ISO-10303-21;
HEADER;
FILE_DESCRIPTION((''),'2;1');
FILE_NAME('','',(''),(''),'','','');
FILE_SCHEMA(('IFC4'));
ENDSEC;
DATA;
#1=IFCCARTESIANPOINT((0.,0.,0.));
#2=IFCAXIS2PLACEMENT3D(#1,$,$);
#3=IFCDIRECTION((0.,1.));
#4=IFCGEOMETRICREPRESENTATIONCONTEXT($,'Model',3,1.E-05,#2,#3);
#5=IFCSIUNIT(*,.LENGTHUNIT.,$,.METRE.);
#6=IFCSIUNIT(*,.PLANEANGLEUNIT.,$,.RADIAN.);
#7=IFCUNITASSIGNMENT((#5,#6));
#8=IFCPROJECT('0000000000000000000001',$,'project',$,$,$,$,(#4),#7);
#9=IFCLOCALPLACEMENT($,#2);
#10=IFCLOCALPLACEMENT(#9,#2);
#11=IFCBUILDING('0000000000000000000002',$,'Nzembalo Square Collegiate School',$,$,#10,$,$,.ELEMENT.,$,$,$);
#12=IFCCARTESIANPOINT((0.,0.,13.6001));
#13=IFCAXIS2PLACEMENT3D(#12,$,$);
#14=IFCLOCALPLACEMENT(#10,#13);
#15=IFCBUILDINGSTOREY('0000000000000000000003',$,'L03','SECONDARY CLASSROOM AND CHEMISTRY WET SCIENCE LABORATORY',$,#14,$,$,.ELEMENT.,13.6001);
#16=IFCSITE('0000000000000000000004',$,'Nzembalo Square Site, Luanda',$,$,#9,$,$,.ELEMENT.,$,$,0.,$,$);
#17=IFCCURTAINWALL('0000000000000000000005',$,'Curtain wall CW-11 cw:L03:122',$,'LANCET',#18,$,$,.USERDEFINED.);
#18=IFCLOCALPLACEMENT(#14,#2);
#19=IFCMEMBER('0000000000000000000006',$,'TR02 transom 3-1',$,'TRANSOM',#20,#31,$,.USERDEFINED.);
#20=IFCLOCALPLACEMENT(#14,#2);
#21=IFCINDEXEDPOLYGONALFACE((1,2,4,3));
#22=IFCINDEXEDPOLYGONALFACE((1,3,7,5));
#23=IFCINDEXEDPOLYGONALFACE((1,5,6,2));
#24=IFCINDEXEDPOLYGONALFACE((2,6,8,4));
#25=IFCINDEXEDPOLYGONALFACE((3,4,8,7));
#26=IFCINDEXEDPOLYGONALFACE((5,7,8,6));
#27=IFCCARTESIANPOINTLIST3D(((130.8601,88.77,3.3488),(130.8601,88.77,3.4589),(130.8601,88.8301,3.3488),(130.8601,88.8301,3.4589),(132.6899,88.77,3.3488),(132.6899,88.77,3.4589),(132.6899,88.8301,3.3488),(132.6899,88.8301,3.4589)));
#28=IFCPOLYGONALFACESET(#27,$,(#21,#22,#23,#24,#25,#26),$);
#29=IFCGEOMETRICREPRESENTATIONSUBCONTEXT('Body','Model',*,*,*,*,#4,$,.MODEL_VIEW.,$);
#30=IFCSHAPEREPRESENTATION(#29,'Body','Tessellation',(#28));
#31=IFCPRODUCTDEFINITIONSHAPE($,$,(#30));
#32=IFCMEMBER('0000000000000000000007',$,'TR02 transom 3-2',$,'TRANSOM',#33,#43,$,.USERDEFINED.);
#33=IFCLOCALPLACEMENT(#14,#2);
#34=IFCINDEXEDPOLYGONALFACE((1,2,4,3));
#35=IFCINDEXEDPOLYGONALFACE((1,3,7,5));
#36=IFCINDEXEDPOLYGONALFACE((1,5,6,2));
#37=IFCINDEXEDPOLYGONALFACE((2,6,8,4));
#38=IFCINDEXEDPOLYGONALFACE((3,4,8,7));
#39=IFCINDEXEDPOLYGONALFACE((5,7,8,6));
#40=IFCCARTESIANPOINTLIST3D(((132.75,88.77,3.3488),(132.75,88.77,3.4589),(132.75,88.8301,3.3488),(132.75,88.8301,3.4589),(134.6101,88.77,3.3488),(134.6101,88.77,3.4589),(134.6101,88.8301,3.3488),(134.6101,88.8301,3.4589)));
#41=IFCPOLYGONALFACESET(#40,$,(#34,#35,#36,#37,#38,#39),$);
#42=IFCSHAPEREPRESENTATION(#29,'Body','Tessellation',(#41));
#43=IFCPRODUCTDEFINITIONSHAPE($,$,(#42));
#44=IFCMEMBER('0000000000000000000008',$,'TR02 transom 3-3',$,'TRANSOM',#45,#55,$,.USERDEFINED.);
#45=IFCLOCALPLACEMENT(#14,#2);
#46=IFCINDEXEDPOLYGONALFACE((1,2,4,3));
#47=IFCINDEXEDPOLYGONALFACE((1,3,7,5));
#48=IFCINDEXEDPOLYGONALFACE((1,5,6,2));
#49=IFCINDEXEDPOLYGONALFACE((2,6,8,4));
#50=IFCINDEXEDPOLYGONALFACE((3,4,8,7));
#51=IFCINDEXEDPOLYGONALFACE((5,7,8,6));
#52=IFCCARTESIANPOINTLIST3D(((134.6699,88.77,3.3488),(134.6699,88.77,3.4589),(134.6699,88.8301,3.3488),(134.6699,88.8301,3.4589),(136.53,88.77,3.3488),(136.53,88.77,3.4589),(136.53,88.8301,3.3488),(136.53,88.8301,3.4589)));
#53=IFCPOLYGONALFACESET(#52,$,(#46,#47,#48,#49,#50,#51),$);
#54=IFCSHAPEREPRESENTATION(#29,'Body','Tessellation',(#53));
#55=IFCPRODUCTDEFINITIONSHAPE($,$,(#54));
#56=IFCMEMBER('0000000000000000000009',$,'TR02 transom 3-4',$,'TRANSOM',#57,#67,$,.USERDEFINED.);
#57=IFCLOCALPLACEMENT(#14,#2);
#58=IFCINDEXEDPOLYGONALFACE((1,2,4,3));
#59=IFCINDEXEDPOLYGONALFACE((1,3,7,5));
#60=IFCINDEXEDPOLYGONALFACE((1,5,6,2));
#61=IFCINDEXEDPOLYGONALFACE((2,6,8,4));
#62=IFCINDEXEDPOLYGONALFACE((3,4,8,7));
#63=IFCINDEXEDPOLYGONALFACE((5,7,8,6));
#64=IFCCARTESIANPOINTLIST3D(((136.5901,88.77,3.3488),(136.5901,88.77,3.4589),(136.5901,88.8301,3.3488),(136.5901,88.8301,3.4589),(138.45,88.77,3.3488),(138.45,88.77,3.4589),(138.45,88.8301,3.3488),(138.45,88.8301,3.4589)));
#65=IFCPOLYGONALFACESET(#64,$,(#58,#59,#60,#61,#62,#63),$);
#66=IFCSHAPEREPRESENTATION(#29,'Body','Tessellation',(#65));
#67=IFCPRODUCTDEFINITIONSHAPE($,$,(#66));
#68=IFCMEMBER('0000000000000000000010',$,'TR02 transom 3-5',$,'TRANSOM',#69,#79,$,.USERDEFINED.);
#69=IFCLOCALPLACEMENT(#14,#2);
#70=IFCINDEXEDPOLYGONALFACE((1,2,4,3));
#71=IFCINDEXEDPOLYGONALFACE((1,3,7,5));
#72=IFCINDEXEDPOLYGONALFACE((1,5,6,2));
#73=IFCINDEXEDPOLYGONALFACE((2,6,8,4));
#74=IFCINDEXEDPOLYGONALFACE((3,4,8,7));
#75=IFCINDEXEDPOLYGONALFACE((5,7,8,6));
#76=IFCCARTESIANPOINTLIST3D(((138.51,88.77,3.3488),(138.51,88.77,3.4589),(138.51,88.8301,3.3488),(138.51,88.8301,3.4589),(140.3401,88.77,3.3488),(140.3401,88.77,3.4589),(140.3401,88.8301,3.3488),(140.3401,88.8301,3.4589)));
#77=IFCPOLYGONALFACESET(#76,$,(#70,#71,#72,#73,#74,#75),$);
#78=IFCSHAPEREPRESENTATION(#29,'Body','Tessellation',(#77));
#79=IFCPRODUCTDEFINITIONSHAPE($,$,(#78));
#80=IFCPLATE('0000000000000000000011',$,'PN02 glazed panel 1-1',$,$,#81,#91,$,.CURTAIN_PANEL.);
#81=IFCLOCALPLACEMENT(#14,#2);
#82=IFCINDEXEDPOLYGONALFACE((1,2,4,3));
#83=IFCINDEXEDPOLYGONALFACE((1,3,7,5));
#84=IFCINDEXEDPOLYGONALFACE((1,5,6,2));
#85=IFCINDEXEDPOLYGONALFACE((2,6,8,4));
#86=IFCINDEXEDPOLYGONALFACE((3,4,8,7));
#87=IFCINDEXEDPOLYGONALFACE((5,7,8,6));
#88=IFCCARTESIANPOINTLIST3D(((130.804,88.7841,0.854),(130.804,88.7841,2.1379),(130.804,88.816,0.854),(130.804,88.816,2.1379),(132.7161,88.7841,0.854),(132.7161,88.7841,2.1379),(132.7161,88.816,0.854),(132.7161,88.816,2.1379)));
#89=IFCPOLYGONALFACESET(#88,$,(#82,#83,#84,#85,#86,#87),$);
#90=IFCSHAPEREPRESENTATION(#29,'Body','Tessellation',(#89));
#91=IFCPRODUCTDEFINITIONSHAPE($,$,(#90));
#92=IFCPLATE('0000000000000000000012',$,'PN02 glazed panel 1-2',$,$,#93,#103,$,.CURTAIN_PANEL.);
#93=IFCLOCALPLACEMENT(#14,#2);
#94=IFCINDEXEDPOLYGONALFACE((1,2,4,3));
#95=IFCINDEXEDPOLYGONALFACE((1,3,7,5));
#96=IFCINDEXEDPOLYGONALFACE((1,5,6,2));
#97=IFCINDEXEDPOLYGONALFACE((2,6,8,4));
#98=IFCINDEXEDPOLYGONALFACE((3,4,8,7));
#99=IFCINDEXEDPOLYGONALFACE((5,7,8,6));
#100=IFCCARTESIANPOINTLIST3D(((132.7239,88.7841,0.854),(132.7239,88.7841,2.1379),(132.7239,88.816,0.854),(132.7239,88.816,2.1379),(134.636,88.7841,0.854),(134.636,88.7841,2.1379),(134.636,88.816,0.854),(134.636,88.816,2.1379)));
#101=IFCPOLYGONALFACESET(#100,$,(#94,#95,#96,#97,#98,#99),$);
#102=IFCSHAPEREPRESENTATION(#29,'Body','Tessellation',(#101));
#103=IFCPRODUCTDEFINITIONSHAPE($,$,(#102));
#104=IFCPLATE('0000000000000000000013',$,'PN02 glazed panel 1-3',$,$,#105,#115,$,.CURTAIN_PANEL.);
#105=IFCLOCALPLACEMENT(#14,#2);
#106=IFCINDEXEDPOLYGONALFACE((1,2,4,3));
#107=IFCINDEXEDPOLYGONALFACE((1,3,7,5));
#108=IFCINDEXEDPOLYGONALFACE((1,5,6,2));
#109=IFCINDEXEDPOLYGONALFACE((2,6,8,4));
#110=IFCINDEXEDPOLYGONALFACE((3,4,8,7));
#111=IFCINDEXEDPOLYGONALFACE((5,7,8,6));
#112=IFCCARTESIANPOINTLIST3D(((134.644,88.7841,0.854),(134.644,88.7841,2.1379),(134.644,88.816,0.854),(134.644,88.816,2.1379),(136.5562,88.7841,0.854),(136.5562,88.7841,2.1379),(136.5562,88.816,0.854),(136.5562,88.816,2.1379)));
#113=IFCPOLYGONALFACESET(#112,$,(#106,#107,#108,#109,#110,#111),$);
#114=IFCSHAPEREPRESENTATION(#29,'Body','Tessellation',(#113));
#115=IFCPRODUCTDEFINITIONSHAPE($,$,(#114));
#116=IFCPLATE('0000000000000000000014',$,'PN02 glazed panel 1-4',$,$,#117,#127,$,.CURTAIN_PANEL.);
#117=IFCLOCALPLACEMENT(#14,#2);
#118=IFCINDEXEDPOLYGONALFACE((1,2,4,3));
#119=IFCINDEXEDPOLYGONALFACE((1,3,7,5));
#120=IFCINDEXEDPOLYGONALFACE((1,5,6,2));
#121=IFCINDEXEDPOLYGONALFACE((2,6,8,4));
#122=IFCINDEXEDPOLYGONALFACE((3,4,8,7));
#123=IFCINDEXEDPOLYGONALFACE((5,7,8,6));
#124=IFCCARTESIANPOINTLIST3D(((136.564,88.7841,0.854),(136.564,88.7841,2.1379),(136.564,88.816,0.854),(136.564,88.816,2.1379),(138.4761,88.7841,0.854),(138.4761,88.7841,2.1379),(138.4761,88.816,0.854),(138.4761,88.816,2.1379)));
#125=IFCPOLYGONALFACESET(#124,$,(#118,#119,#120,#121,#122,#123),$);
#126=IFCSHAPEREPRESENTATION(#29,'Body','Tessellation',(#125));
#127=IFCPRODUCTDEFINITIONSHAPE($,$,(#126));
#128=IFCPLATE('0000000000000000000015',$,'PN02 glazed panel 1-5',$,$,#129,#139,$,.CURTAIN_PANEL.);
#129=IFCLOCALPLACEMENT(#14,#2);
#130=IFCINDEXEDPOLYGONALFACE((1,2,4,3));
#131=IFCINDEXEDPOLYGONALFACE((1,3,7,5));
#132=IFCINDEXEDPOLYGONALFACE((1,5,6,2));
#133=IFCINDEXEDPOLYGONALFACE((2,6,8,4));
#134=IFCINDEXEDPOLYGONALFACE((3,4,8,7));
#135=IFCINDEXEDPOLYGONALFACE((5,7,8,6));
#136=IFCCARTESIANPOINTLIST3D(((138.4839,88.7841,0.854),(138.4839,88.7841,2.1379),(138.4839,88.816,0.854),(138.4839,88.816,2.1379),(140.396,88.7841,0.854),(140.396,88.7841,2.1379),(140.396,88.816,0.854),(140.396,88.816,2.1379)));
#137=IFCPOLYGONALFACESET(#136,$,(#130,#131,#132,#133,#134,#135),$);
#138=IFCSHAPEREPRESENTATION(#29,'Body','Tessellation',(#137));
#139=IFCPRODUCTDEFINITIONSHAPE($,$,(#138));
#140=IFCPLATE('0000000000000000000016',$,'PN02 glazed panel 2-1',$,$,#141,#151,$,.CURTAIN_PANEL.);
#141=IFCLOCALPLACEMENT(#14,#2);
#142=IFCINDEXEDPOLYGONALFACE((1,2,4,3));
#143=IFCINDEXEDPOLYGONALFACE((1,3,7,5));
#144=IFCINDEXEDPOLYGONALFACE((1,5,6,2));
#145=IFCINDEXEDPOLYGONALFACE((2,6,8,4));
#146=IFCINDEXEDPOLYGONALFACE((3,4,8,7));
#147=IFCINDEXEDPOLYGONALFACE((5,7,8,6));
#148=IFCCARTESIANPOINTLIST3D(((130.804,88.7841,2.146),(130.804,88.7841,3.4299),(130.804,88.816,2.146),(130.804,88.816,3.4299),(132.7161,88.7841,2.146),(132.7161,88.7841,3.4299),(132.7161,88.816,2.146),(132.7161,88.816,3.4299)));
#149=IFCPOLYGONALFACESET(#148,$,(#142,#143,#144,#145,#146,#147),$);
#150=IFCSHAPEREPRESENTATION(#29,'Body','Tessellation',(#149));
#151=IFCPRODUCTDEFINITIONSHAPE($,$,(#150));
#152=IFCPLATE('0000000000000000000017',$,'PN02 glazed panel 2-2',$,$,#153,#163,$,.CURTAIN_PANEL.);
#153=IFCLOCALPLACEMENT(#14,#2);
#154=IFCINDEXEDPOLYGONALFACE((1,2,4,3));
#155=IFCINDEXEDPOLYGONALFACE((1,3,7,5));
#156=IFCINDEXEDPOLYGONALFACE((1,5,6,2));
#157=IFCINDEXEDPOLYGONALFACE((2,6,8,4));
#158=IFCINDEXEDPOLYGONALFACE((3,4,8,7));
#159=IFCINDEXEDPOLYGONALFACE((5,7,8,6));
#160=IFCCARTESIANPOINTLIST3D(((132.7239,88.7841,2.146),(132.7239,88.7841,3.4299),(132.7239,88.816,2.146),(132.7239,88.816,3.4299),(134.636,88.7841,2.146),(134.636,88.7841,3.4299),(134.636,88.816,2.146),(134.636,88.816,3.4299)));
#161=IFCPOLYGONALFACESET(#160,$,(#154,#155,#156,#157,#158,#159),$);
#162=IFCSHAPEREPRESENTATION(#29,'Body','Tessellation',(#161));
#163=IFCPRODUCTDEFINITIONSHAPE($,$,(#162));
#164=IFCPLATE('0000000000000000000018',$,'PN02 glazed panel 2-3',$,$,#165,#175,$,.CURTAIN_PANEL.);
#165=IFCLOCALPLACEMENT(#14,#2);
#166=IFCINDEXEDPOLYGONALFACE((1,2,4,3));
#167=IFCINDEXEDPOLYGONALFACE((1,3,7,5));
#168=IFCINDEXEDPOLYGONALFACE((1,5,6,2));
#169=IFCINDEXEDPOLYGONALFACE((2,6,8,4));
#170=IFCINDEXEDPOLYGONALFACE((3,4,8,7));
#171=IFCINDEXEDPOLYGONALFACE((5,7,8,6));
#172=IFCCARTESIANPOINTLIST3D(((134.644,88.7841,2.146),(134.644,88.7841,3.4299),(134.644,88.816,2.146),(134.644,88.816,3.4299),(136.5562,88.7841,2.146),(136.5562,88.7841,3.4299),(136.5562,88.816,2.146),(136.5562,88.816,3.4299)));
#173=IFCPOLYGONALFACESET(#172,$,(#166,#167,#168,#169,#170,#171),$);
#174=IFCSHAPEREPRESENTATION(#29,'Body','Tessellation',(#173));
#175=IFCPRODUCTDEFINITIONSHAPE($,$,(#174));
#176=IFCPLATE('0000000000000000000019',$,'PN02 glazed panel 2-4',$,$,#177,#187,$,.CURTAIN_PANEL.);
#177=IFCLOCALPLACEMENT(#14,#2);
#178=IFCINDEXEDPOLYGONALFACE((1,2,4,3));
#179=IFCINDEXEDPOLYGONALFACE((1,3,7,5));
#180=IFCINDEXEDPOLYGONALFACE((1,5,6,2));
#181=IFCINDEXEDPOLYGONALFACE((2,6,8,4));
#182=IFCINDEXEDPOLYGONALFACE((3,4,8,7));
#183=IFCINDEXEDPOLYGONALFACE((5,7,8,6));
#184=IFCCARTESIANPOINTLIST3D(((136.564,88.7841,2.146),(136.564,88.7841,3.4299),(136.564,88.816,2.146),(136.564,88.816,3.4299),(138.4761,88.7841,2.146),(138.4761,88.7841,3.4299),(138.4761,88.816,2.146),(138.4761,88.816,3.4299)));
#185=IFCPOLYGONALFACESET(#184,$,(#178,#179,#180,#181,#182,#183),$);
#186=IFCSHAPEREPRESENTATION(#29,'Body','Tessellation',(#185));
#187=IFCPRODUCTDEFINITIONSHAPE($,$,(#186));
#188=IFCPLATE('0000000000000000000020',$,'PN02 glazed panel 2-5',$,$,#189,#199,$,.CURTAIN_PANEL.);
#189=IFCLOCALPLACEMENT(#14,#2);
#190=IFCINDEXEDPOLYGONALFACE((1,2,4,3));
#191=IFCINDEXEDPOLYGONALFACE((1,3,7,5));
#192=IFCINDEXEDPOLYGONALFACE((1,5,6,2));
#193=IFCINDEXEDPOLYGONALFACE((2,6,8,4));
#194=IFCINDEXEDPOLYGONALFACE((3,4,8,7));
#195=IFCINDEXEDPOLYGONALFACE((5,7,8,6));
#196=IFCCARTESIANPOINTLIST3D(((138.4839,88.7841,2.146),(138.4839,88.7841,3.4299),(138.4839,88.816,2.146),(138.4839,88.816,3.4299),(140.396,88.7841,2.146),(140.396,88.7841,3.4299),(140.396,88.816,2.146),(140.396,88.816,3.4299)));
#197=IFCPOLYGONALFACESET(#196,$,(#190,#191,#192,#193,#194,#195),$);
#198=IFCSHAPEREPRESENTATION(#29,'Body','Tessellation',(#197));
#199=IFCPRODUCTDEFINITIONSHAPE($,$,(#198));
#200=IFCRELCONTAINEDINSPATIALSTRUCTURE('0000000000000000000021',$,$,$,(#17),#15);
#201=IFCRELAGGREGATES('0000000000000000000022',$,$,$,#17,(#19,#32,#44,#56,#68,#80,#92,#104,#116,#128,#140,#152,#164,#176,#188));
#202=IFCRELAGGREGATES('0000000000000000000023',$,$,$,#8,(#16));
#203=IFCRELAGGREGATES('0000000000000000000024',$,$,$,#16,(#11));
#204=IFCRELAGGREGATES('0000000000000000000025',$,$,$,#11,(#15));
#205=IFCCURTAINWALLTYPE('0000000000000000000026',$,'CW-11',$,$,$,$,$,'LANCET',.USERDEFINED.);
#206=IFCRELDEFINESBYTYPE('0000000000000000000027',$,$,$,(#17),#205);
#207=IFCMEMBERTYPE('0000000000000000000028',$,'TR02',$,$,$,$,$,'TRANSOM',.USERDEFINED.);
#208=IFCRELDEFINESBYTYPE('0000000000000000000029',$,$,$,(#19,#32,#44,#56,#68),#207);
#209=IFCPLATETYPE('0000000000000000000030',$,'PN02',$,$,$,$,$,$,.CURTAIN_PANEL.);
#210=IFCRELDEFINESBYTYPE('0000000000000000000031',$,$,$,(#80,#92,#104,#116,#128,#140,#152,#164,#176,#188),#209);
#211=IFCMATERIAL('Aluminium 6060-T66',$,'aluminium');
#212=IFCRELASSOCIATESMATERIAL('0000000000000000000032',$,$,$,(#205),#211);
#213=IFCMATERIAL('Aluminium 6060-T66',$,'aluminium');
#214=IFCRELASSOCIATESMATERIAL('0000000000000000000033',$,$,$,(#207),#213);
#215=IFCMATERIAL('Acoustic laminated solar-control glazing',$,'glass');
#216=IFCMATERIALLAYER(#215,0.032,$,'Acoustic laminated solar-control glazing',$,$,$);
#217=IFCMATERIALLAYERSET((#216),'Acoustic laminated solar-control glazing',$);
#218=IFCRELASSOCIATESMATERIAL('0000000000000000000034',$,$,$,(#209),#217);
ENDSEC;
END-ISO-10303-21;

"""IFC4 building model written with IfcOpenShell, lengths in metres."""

from ifc_helpers import new_model, si_unit, direction, frame, origin, origin_2d, place, context, subcontext, project, spatial, rectangle, extrude, material, layer, layer_set, material_profile, profile_set, type_object, element, aggregate, save


model = new_model("IFC4")

# Units and contexts
model_context = context("Model", 3, precision=1e-05, world=origin(), true_north=direction((0.0, 1.0)))
body_context = subcontext(model_context, "Body", "Model", "MODEL_VIEW")
ifc_project = project(units=[si_unit("LENGTHUNIT", "METRE"), si_unit("PLANEANGLEUNIT", "RADIAN")], contexts=[model_context])

# Site, building, storey
site_placement = place(None, origin())
site = spatial("IfcSite", under=ifc_project, at=site_placement, Name="Nzembalo Square Site, Luanda", CompositionType="ELEMENT", RefElevation=0.0)
building_placement = place(site_placement, origin())
building = spatial("IfcBuilding", under=site, at=building_placement, Name="Nzembalo Square Collegiate School", CompositionType="ELEMENT")
storey_placement = place(building_placement, frame((0.0, 0.0, 13.6001)))
storey = spatial("IfcBuildingStorey", under=building, at=storey_placement, Name="L03", Description="SECONDARY CLASSROOM AND CHEMISTRY WET SCIENCE LABORATORY", CompositionType="ELEMENT", Elevation=13.6001)

# Curtain wall, members, plates
ifc_material_1 = material(Name="Aluminium 6060-T66", Category="aluminium")
curtain_wall_type = type_object("IfcCurtainWallType", Name="CW-11", ElementType="LANCET", PredefinedType="USERDEFINED", material=ifc_material_1)
curtain_wall_placement = place(storey_placement, origin())
curtain_wall = element("IfcCurtainWall", 1, at=curtain_wall_placement, inside=storey, type_object=curtain_wall_type, Name="Curtain wall CW-11 cw:L03:122", ObjectType="LANCET", PredefinedType="USERDEFINED")
ifc_material_2 = material(Name="Aluminium 6060-T66", Category="aluminium")
ifc_material_profile_1 = material_profile(ifc_material_2, rectangle(XDim=0.0601, YDim=0.1101, at=origin_2d()), Name="ALU T60x110")
ifc_profile_set_1 = profile_set([ifc_material_profile_1], Name="Aluminium 6060-T66")
member_type_1 = type_object("IfcMemberType", Name="TR02", ElementType="TRANSOM", PredefinedType="USERDEFINED", material=ifc_profile_set_1)
member_1_placement = place(storey_placement, frame((130.8601, 88.8, 3.4038), z_axis=(1.0, 0.0, 0.0), x_axis=(0.0, 1.0, 0.0)))
member_1 = element("IfcMember", 2, at=member_1_placement, type_object=member_type_1, Name="TR02 transom 3-1", ObjectType="TRANSOM", PredefinedType="USERDEFINED", context=body_context, shape_type="SweptSolid", body=[
    extrude(rectangle(XDim=0.0601, YDim=0.1101, at=origin_2d()), origin(), (0.0, 0.0, 1.0), 1.8298),
])
member_2_placement = place(storey_placement, frame((132.75, 88.8, 3.4038), z_axis=(1.0, 0.0, 0.0), x_axis=(0.0, 1.0, 0.0)))
member_2 = element("IfcMember", 3, at=member_2_placement, type_object=member_type_1, Name="TR02 transom 3-2", ObjectType="TRANSOM", PredefinedType="USERDEFINED", context=body_context, shape_type="SweptSolid", body=[
    extrude(rectangle(XDim=0.0601, YDim=0.1101, at=origin_2d()), origin(), (0.0, 0.0, 1.0), 1.8601),
])
member_3_placement = place(storey_placement, frame((134.6699, 88.8, 3.4038), z_axis=(1.0, 0.0, 0.0), x_axis=(0.0, 1.0, 0.0)))
member_3 = element("IfcMember", 4, at=member_3_placement, type_object=member_type_1, Name="TR02 transom 3-3", ObjectType="TRANSOM", PredefinedType="USERDEFINED", context=body_context, shape_type="SweptSolid", body=[
    extrude(rectangle(XDim=0.0601, YDim=0.1101, at=origin_2d()), origin(), (0.0, 0.0, 1.0), 1.8601),
])
member_4_placement = place(storey_placement, frame((136.5901, 88.8, 3.4038), z_axis=(1.0, 0.0, 0.0), x_axis=(0.0, 1.0, 0.0)))
member_4 = element("IfcMember", 5, at=member_4_placement, type_object=member_type_1, Name="TR02 transom 3-4", ObjectType="TRANSOM", PredefinedType="USERDEFINED", context=body_context, shape_type="SweptSolid", body=[
    extrude(rectangle(XDim=0.0601, YDim=0.1101, at=origin_2d()), origin(), (0.0, 0.0, 1.0), 1.8599),
])
member_5_placement = place(storey_placement, frame((138.51, 88.8, 3.4038), z_axis=(1.0, 0.0, 0.0), x_axis=(0.0, 1.0, 0.0)))
member_5 = element("IfcMember", 6, at=member_5_placement, type_object=member_type_1, Name="TR02 transom 3-5", ObjectType="TRANSOM", PredefinedType="USERDEFINED", context=body_context, shape_type="SweptSolid", body=[
    extrude(rectangle(XDim=0.0601, YDim=0.1101, at=origin_2d()), origin(), (0.0, 0.0, 1.0), 1.8301),
])
ifc_material_3 = material(Name="Acoustic laminated solar-control glazing", Category="glass")
ifc_layer = layer(ifc_material_3, 0.032, Name="Acoustic laminated solar-control glazing")
ifc_layer_set = layer_set([ifc_layer], Name="Acoustic laminated solar-control glazing")
plate_type = type_object("IfcPlateType", Name="PN02", PredefinedType="CURTAIN_PANEL", material=ifc_layer_set)
plate_1_placement = place(storey_placement, frame((131.76, 88.8, 0.854), z_axis=(0.0, 0.0, 1.0), x_axis=(1.0, 0.0, 0.0)))
plate_1 = element("IfcPlate", 7, at=plate_1_placement, type_object=plate_type, Name="PN02 glazed panel 1-1", PredefinedType="CURTAIN_PANEL", context=body_context, shape_type="SweptSolid", body=[
    extrude(rectangle(XDim=1.9121, YDim=0.032, at=origin_2d()), origin(), (0.0, 0.0, 1.0), 1.2839),
])
plate_2_placement = place(storey_placement, frame((133.6799, 88.8, 0.854), z_axis=(0.0, 0.0, 1.0), x_axis=(1.0, 0.0, 0.0)))
plate_2 = element("IfcPlate", 8, at=plate_2_placement, type_object=plate_type, Name="PN02 glazed panel 1-2", PredefinedType="CURTAIN_PANEL", context=body_context, shape_type="SweptSolid", body=[
    extrude(rectangle(XDim=1.9121, YDim=0.032, at=origin_2d()), origin(), (0.0, 0.0, 1.0), 1.2839),
])
plate_3_placement = place(storey_placement, frame((135.6001, 88.8, 0.854), z_axis=(0.0, 0.0, 1.0), x_axis=(1.0, 0.0, 0.0)))
plate_3 = element("IfcPlate", 9, at=plate_3_placement, type_object=plate_type, Name="PN02 glazed panel 1-3", PredefinedType="CURTAIN_PANEL", context=body_context, shape_type="SweptSolid", body=[
    extrude(rectangle(XDim=1.9121, YDim=0.032, at=origin_2d()), origin(), (0.0, 0.0, 1.0), 1.2839),
])
plate_4_placement = place(storey_placement, frame((137.52, 88.8, 0.854), z_axis=(0.0, 0.0, 1.0), x_axis=(1.0, 0.0, 0.0)))
plate_4 = element("IfcPlate", 10, at=plate_4_placement, type_object=plate_type, Name="PN02 glazed panel 1-4", PredefinedType="CURTAIN_PANEL", context=body_context, shape_type="SweptSolid", body=[
    extrude(rectangle(XDim=1.9121, YDim=0.032, at=origin_2d()), origin(), (0.0, 0.0, 1.0), 1.2839),
])
plate_5_placement = place(storey_placement, frame((139.4399, 88.8, 0.854), z_axis=(0.0, 0.0, 1.0), x_axis=(1.0, 0.0, 0.0)))
plate_5 = element("IfcPlate", 11, at=plate_5_placement, type_object=plate_type, Name="PN02 glazed panel 1-5", PredefinedType="CURTAIN_PANEL", context=body_context, shape_type="SweptSolid", body=[
    extrude(rectangle(XDim=1.9121, YDim=0.032, at=origin_2d()), origin(), (0.0, 0.0, 1.0), 1.2839),
])
plate_6_placement = place(storey_placement, frame((131.76, 88.8, 2.146), z_axis=(0.0, 0.0, 1.0), x_axis=(1.0, 0.0, 0.0)))
plate_6 = element("IfcPlate", 12, at=plate_6_placement, type_object=plate_type, Name="PN02 glazed panel 2-1", PredefinedType="CURTAIN_PANEL", context=body_context, shape_type="SweptSolid", body=[
    extrude(rectangle(XDim=1.9121, YDim=0.032, at=origin_2d()), origin(), (0.0, 0.0, 1.0), 1.2839),
])
plate_7_placement = place(storey_placement, frame((133.6799, 88.8, 2.146), z_axis=(0.0, 0.0, 1.0), x_axis=(1.0, 0.0, 0.0)))
plate_7 = element("IfcPlate", 13, at=plate_7_placement, type_object=plate_type, Name="PN02 glazed panel 2-2", PredefinedType="CURTAIN_PANEL", context=body_context, shape_type="SweptSolid", body=[
    extrude(rectangle(XDim=1.9121, YDim=0.032, at=origin_2d()), origin(), (0.0, 0.0, 1.0), 1.2839),
])
plate_8_placement = place(storey_placement, frame((135.6001, 88.8, 2.146), z_axis=(0.0, 0.0, 1.0), x_axis=(1.0, 0.0, 0.0)))
plate_8 = element("IfcPlate", 14, at=plate_8_placement, type_object=plate_type, Name="PN02 glazed panel 2-3", PredefinedType="CURTAIN_PANEL", context=body_context, shape_type="SweptSolid", body=[
    extrude(rectangle(XDim=1.9121, YDim=0.032, at=origin_2d()), origin(), (0.0, 0.0, 1.0), 1.2839),
])
plate_9_placement = place(storey_placement, frame((137.52, 88.8, 2.146), z_axis=(0.0, 0.0, 1.0), x_axis=(1.0, 0.0, 0.0)))
plate_9 = element("IfcPlate", 15, at=plate_9_placement, type_object=plate_type, Name="PN02 glazed panel 2-4", PredefinedType="CURTAIN_PANEL", context=body_context, shape_type="SweptSolid", body=[
    extrude(rectangle(XDim=1.9121, YDim=0.032, at=origin_2d()), origin(), (0.0, 0.0, 1.0), 1.2839),
])
plate_10_placement = place(storey_placement, frame((139.4399, 88.8, 2.146), z_axis=(0.0, 0.0, 1.0), x_axis=(1.0, 0.0, 0.0)))
plate_10 = element("IfcPlate", 16, at=plate_10_placement, type_object=plate_type, Name="PN02 glazed panel 2-5", PredefinedType="CURTAIN_PANEL", context=body_context, shape_type="SweptSolid", body=[
    extrude(rectangle(XDim=1.9121, YDim=0.032, at=origin_2d()), origin(), (0.0, 0.0, 1.0), 1.2839),
])
aggregate(curtain_wall, [member_1, member_2, member_3, member_4, member_5, plate_1, plate_2, plate_3, plate_4, plate_5, plate_6, plate_7, plate_8, plate_9, plate_10])

save(model, "model.ifc")
